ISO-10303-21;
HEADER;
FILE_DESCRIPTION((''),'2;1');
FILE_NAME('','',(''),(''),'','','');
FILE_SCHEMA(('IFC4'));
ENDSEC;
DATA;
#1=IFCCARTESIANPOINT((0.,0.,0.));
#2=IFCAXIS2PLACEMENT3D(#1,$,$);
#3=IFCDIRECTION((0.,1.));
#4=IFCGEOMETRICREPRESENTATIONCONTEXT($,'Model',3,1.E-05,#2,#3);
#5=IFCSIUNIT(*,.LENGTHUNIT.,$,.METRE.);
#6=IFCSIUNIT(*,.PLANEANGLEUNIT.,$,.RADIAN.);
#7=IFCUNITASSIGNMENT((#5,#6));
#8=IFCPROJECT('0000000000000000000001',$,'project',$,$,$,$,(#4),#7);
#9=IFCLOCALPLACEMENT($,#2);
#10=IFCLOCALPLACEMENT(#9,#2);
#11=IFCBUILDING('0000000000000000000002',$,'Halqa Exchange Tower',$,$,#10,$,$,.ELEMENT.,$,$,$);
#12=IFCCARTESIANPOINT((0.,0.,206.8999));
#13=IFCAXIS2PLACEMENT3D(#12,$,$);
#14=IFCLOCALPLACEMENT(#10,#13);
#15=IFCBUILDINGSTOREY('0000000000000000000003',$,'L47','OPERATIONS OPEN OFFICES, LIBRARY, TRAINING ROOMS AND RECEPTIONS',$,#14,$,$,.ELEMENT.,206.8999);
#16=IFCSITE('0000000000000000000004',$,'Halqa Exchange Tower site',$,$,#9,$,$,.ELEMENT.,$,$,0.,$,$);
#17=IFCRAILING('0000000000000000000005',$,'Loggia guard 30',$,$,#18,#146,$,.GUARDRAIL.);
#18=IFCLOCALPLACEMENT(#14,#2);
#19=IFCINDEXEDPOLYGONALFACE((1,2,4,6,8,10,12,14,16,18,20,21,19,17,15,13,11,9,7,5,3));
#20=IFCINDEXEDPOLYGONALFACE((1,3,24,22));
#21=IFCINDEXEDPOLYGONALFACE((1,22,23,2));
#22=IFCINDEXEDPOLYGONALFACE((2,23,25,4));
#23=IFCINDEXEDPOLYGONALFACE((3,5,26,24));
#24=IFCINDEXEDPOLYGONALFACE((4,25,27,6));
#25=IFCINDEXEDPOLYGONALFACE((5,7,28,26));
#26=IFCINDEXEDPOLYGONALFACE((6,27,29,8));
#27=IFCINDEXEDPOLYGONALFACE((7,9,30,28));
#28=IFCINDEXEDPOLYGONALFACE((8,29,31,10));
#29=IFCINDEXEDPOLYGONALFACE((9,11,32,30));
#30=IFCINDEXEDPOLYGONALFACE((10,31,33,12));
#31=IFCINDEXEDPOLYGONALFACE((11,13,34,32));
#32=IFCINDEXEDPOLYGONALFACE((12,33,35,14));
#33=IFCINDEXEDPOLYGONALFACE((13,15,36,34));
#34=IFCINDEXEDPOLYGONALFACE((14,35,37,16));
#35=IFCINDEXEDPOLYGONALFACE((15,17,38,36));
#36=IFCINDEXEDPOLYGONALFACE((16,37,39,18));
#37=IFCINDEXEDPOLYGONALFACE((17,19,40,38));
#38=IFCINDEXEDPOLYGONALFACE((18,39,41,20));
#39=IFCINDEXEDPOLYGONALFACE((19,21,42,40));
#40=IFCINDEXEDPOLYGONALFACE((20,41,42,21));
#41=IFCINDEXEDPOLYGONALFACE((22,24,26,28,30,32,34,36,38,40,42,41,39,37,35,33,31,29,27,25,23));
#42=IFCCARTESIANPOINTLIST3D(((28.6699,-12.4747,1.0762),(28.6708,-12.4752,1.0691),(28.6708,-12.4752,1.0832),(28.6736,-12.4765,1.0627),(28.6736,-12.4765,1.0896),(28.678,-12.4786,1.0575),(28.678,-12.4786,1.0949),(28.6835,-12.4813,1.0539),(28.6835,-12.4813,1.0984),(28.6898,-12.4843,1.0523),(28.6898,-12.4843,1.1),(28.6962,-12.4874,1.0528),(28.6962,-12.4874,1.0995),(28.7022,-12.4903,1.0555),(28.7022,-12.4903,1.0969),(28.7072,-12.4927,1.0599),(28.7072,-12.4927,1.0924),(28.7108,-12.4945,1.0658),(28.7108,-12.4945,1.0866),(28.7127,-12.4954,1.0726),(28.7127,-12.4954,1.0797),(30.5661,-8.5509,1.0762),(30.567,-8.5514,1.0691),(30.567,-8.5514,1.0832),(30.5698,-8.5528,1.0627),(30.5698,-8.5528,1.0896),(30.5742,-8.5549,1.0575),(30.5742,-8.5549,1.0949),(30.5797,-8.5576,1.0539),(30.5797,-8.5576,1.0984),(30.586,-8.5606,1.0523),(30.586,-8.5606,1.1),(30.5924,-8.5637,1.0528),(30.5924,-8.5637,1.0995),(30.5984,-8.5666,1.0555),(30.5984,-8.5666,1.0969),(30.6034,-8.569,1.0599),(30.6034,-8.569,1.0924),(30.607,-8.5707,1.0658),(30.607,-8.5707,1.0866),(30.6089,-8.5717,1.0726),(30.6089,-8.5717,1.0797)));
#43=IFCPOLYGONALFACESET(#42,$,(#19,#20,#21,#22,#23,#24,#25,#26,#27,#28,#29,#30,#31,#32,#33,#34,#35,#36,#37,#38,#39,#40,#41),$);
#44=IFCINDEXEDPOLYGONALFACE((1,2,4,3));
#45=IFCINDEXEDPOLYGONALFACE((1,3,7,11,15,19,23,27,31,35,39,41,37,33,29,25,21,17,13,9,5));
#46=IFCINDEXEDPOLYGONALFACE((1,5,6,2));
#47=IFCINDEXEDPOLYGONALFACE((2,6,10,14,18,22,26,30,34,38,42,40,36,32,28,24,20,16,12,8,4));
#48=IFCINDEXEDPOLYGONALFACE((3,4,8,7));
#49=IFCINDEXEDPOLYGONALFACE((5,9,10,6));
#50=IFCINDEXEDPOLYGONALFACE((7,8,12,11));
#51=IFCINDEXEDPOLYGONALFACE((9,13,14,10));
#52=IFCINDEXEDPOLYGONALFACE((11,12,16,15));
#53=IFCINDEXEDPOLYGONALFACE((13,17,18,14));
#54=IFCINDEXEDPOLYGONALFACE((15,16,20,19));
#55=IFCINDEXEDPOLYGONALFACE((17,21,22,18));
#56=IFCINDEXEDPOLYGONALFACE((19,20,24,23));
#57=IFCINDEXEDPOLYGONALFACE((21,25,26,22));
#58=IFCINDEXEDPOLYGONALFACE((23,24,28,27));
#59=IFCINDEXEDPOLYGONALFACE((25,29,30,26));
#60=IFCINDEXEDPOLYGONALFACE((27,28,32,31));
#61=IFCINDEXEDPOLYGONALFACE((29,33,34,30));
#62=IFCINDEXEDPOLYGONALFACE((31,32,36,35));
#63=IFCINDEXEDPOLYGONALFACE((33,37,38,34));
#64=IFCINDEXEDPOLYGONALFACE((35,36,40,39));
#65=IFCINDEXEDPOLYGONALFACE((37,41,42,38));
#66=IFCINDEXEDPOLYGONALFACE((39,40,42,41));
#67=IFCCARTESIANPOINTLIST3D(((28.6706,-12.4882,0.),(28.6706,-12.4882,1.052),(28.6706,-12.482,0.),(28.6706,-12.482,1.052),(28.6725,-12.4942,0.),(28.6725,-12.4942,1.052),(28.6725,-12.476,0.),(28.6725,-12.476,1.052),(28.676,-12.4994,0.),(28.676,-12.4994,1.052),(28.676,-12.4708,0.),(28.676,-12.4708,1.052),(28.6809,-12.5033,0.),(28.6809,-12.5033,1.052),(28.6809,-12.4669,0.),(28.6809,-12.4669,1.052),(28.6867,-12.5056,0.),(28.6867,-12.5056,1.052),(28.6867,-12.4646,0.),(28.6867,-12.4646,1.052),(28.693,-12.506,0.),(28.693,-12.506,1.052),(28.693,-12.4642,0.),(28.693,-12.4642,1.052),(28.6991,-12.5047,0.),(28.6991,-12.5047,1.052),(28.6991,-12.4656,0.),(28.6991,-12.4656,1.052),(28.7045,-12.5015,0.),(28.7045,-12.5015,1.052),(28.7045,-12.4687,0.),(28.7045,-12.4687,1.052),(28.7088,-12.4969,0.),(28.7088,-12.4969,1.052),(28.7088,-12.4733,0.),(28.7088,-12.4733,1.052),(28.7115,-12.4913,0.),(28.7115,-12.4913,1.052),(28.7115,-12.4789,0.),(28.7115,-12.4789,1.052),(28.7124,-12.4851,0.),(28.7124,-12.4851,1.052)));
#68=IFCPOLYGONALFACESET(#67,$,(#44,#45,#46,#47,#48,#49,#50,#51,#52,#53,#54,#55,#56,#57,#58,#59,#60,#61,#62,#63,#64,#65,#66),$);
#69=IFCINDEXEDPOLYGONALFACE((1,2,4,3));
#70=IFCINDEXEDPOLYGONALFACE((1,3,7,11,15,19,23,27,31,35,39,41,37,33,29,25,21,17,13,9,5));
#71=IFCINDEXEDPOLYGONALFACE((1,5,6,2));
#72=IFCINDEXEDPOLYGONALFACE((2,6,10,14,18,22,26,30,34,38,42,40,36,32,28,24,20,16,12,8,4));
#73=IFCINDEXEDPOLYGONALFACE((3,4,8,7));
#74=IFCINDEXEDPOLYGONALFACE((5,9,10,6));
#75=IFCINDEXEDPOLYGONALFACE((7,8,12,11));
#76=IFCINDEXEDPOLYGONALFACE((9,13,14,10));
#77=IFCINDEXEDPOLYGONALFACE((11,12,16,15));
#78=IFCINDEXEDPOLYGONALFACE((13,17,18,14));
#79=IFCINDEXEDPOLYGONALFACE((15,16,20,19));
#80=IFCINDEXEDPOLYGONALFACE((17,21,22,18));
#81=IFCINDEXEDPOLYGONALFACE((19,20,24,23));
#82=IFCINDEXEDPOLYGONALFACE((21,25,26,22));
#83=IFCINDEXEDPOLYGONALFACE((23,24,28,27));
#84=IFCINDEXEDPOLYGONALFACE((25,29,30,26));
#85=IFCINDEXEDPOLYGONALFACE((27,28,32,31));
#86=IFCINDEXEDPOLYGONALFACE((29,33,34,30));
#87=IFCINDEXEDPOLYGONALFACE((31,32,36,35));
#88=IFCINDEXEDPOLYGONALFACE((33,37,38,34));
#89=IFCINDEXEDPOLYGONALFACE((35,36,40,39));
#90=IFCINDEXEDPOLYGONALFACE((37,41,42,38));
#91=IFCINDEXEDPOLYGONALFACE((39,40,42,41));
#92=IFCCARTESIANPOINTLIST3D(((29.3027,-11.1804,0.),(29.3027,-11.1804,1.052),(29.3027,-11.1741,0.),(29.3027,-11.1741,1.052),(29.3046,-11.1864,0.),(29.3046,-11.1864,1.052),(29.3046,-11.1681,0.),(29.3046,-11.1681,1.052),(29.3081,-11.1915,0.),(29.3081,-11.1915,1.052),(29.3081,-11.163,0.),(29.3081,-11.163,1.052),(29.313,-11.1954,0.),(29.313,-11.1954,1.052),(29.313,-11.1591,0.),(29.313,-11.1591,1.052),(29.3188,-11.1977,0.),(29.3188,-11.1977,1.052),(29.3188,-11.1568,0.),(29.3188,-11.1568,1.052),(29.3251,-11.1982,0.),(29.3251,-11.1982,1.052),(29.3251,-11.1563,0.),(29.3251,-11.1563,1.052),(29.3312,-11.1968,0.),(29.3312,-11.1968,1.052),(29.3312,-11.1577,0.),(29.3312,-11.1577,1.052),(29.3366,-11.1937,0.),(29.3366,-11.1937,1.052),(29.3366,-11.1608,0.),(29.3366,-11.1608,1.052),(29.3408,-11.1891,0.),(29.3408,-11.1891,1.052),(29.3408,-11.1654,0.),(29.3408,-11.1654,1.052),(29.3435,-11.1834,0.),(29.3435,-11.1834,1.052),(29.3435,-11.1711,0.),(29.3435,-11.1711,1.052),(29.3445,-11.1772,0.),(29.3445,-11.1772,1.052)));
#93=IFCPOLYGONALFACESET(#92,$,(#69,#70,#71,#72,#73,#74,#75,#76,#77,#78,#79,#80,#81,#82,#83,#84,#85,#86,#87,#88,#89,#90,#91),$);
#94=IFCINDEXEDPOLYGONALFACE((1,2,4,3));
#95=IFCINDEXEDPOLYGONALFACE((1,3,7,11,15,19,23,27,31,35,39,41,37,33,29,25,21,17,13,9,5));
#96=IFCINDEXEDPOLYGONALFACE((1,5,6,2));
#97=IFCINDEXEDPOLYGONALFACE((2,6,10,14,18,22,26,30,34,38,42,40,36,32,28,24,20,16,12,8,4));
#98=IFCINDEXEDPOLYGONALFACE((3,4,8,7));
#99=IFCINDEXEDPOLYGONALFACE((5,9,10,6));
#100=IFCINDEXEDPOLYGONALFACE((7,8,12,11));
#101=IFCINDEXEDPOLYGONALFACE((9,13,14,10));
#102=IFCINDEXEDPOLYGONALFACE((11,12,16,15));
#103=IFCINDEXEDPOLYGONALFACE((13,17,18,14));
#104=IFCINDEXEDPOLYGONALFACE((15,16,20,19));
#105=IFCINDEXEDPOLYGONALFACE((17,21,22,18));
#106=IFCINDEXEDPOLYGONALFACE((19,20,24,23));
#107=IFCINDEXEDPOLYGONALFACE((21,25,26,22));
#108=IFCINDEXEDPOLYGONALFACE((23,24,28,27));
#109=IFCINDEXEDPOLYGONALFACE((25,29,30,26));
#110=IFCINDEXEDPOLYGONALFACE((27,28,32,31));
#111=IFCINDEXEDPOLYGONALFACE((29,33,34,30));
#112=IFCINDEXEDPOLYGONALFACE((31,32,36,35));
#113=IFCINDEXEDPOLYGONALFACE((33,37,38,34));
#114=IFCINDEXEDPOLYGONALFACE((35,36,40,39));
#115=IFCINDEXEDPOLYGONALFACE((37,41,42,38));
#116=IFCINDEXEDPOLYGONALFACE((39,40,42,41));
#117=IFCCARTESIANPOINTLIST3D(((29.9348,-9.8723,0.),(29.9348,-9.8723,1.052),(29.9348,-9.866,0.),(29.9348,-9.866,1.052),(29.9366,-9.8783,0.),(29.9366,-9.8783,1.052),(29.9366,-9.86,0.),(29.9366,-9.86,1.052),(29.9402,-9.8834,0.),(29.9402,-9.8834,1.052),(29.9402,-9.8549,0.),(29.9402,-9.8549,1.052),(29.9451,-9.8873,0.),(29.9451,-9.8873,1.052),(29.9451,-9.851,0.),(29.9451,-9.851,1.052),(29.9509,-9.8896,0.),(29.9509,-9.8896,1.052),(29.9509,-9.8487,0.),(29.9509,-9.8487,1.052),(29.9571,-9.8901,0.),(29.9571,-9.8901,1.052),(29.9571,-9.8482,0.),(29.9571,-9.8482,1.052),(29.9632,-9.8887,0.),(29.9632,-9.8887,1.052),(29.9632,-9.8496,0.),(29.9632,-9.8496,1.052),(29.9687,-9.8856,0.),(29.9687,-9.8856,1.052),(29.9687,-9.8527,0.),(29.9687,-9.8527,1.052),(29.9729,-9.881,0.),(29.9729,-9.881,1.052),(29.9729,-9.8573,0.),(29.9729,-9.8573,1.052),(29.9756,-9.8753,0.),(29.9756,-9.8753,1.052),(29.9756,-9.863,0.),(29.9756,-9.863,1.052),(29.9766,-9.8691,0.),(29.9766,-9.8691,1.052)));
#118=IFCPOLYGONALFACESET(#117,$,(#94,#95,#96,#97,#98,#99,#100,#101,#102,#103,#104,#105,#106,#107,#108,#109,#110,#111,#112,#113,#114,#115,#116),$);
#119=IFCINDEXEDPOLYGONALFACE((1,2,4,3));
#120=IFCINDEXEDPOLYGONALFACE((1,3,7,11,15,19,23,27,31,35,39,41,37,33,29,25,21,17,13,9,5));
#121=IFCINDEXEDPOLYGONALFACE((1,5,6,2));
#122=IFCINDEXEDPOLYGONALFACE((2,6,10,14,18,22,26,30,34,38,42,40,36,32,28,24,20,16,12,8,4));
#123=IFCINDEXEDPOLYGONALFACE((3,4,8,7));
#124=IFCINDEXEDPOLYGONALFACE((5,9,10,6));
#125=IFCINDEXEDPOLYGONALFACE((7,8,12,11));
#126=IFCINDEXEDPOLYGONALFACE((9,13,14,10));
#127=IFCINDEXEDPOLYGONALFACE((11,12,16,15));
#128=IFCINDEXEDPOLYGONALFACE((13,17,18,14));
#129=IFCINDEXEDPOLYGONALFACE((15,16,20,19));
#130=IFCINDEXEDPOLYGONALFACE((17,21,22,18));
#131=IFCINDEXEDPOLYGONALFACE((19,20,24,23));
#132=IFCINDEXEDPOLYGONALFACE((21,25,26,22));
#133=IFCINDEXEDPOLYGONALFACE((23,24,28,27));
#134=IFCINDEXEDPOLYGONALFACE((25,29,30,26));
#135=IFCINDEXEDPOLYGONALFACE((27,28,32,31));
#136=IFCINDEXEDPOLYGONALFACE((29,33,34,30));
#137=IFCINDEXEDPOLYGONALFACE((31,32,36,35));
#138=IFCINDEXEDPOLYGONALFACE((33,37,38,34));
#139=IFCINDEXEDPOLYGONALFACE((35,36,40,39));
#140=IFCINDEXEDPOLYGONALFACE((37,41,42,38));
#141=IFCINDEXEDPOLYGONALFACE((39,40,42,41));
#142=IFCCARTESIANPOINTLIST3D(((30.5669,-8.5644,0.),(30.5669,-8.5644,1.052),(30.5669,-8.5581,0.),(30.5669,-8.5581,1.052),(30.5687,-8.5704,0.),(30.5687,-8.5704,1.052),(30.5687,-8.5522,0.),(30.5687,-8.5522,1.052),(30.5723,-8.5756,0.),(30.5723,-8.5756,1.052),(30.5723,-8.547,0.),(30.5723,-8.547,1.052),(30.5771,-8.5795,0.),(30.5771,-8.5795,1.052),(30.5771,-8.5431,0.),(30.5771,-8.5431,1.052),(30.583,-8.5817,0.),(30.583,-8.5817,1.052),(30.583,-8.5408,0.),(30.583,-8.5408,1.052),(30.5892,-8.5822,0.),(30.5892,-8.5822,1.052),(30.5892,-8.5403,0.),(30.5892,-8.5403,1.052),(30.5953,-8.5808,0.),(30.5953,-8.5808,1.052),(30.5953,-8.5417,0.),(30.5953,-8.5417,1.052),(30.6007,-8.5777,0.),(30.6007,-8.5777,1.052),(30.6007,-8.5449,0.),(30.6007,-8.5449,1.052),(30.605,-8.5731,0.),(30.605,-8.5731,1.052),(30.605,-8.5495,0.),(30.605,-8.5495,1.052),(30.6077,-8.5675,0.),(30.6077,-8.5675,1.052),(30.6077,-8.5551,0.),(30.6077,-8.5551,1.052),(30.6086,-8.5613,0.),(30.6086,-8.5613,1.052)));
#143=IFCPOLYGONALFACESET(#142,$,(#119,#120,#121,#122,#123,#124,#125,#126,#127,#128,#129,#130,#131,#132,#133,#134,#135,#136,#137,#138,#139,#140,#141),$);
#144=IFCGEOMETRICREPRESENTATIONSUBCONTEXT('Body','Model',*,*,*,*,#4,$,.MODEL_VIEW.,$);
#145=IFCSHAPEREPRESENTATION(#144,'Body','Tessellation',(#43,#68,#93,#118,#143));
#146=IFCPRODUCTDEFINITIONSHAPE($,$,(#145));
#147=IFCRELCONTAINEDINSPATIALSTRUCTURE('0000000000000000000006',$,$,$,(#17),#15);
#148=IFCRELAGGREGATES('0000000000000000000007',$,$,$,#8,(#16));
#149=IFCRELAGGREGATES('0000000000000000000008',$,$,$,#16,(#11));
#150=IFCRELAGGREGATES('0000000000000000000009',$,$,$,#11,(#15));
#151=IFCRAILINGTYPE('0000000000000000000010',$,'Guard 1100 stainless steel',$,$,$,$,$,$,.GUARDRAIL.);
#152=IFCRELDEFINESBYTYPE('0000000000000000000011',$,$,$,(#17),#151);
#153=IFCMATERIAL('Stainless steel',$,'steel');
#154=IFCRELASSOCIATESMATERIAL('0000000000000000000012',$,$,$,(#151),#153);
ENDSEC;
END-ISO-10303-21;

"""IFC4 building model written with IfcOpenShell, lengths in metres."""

from ifc_helpers import new_model, si_unit, direction, frame, origin, origin_2d, place, context, subcontext, project, spatial, circle, extrude, material, type_object, element, save


model = new_model("IFC4")

# Units and contexts
model_context = context("Model", 3, precision=1e-05, world=origin(), true_north=direction((0.0, 1.0)))
body_context = subcontext(model_context, "Body", "Model", "MODEL_VIEW")
ifc_project = project(units=[si_unit("LENGTHUNIT", "METRE"), si_unit("PLANEANGLEUNIT", "RADIAN")], contexts=[model_context])

# Site, building, storey
site_placement = place(None, origin())
site = spatial("IfcSite", under=ifc_project, at=site_placement, Name="Halqa Exchange Tower site", CompositionType="ELEMENT", RefElevation=0.0)
building_placement = place(site_placement, origin())
building = spatial("IfcBuilding", under=site, at=building_placement, Name="Halqa Exchange Tower", CompositionType="ELEMENT")
storey_placement = place(building_placement, frame((0.0, 0.0, 206.8999)))
storey = spatial("IfcBuildingStorey", under=building, at=storey_placement, Name="L47", Description="OPERATIONS OPEN OFFICES, LIBRARY, TRAINING ROOMS AND RECEPTIONS", CompositionType="ELEMENT", Elevation=206.8999)

# Railing
ifc_material_1 = material(Name="Stainless steel", Category="steel")
railing_type = type_object("IfcRailingType", Name="Guard 1100 stainless steel", PredefinedType="GUARDRAIL", material=ifc_material_1)
railing_1_placement = place(storey_placement, frame((28.6914, -12.4851, 0.0)))
element("IfcRailing", 1, at=railing_1_placement, inside=storey, type_object=railing_type, Name="Loggia guard 30", PredefinedType="GUARDRAIL", context=body_context, shape_type="SweptSolid", body=[
    extrude(circle(Radius=0.0239, at=origin_2d()), frame((0.0, 0.0, 1.0762), z_axis=(0.435117, 0.900374, 0.0), x_axis=(-0.900374, 0.435117, 0.0)), (0.0, 0.0, 1.0), 4.3579),
    extrude(circle(Radius=0.021, at=origin_2d()), origin(), (0.0, 0.0, 1.0), 1.052),
    extrude(circle(Radius=0.021, at=origin_2d()), frame((0.6321, 1.3079, 0.0)), (0.0, 0.0, 1.0), 1.052),
    extrude(circle(Radius=0.021, at=origin_2d()), frame((1.2642, 2.616, 0.0)), (0.0, 0.0, 1.0), 1.052),
    extrude(circle(Radius=0.021, at=origin_2d()), frame((1.8962, 3.9238, 0.0)), (0.0, 0.0, 1.0), 1.052),
])

save(model, "model.ifc")
